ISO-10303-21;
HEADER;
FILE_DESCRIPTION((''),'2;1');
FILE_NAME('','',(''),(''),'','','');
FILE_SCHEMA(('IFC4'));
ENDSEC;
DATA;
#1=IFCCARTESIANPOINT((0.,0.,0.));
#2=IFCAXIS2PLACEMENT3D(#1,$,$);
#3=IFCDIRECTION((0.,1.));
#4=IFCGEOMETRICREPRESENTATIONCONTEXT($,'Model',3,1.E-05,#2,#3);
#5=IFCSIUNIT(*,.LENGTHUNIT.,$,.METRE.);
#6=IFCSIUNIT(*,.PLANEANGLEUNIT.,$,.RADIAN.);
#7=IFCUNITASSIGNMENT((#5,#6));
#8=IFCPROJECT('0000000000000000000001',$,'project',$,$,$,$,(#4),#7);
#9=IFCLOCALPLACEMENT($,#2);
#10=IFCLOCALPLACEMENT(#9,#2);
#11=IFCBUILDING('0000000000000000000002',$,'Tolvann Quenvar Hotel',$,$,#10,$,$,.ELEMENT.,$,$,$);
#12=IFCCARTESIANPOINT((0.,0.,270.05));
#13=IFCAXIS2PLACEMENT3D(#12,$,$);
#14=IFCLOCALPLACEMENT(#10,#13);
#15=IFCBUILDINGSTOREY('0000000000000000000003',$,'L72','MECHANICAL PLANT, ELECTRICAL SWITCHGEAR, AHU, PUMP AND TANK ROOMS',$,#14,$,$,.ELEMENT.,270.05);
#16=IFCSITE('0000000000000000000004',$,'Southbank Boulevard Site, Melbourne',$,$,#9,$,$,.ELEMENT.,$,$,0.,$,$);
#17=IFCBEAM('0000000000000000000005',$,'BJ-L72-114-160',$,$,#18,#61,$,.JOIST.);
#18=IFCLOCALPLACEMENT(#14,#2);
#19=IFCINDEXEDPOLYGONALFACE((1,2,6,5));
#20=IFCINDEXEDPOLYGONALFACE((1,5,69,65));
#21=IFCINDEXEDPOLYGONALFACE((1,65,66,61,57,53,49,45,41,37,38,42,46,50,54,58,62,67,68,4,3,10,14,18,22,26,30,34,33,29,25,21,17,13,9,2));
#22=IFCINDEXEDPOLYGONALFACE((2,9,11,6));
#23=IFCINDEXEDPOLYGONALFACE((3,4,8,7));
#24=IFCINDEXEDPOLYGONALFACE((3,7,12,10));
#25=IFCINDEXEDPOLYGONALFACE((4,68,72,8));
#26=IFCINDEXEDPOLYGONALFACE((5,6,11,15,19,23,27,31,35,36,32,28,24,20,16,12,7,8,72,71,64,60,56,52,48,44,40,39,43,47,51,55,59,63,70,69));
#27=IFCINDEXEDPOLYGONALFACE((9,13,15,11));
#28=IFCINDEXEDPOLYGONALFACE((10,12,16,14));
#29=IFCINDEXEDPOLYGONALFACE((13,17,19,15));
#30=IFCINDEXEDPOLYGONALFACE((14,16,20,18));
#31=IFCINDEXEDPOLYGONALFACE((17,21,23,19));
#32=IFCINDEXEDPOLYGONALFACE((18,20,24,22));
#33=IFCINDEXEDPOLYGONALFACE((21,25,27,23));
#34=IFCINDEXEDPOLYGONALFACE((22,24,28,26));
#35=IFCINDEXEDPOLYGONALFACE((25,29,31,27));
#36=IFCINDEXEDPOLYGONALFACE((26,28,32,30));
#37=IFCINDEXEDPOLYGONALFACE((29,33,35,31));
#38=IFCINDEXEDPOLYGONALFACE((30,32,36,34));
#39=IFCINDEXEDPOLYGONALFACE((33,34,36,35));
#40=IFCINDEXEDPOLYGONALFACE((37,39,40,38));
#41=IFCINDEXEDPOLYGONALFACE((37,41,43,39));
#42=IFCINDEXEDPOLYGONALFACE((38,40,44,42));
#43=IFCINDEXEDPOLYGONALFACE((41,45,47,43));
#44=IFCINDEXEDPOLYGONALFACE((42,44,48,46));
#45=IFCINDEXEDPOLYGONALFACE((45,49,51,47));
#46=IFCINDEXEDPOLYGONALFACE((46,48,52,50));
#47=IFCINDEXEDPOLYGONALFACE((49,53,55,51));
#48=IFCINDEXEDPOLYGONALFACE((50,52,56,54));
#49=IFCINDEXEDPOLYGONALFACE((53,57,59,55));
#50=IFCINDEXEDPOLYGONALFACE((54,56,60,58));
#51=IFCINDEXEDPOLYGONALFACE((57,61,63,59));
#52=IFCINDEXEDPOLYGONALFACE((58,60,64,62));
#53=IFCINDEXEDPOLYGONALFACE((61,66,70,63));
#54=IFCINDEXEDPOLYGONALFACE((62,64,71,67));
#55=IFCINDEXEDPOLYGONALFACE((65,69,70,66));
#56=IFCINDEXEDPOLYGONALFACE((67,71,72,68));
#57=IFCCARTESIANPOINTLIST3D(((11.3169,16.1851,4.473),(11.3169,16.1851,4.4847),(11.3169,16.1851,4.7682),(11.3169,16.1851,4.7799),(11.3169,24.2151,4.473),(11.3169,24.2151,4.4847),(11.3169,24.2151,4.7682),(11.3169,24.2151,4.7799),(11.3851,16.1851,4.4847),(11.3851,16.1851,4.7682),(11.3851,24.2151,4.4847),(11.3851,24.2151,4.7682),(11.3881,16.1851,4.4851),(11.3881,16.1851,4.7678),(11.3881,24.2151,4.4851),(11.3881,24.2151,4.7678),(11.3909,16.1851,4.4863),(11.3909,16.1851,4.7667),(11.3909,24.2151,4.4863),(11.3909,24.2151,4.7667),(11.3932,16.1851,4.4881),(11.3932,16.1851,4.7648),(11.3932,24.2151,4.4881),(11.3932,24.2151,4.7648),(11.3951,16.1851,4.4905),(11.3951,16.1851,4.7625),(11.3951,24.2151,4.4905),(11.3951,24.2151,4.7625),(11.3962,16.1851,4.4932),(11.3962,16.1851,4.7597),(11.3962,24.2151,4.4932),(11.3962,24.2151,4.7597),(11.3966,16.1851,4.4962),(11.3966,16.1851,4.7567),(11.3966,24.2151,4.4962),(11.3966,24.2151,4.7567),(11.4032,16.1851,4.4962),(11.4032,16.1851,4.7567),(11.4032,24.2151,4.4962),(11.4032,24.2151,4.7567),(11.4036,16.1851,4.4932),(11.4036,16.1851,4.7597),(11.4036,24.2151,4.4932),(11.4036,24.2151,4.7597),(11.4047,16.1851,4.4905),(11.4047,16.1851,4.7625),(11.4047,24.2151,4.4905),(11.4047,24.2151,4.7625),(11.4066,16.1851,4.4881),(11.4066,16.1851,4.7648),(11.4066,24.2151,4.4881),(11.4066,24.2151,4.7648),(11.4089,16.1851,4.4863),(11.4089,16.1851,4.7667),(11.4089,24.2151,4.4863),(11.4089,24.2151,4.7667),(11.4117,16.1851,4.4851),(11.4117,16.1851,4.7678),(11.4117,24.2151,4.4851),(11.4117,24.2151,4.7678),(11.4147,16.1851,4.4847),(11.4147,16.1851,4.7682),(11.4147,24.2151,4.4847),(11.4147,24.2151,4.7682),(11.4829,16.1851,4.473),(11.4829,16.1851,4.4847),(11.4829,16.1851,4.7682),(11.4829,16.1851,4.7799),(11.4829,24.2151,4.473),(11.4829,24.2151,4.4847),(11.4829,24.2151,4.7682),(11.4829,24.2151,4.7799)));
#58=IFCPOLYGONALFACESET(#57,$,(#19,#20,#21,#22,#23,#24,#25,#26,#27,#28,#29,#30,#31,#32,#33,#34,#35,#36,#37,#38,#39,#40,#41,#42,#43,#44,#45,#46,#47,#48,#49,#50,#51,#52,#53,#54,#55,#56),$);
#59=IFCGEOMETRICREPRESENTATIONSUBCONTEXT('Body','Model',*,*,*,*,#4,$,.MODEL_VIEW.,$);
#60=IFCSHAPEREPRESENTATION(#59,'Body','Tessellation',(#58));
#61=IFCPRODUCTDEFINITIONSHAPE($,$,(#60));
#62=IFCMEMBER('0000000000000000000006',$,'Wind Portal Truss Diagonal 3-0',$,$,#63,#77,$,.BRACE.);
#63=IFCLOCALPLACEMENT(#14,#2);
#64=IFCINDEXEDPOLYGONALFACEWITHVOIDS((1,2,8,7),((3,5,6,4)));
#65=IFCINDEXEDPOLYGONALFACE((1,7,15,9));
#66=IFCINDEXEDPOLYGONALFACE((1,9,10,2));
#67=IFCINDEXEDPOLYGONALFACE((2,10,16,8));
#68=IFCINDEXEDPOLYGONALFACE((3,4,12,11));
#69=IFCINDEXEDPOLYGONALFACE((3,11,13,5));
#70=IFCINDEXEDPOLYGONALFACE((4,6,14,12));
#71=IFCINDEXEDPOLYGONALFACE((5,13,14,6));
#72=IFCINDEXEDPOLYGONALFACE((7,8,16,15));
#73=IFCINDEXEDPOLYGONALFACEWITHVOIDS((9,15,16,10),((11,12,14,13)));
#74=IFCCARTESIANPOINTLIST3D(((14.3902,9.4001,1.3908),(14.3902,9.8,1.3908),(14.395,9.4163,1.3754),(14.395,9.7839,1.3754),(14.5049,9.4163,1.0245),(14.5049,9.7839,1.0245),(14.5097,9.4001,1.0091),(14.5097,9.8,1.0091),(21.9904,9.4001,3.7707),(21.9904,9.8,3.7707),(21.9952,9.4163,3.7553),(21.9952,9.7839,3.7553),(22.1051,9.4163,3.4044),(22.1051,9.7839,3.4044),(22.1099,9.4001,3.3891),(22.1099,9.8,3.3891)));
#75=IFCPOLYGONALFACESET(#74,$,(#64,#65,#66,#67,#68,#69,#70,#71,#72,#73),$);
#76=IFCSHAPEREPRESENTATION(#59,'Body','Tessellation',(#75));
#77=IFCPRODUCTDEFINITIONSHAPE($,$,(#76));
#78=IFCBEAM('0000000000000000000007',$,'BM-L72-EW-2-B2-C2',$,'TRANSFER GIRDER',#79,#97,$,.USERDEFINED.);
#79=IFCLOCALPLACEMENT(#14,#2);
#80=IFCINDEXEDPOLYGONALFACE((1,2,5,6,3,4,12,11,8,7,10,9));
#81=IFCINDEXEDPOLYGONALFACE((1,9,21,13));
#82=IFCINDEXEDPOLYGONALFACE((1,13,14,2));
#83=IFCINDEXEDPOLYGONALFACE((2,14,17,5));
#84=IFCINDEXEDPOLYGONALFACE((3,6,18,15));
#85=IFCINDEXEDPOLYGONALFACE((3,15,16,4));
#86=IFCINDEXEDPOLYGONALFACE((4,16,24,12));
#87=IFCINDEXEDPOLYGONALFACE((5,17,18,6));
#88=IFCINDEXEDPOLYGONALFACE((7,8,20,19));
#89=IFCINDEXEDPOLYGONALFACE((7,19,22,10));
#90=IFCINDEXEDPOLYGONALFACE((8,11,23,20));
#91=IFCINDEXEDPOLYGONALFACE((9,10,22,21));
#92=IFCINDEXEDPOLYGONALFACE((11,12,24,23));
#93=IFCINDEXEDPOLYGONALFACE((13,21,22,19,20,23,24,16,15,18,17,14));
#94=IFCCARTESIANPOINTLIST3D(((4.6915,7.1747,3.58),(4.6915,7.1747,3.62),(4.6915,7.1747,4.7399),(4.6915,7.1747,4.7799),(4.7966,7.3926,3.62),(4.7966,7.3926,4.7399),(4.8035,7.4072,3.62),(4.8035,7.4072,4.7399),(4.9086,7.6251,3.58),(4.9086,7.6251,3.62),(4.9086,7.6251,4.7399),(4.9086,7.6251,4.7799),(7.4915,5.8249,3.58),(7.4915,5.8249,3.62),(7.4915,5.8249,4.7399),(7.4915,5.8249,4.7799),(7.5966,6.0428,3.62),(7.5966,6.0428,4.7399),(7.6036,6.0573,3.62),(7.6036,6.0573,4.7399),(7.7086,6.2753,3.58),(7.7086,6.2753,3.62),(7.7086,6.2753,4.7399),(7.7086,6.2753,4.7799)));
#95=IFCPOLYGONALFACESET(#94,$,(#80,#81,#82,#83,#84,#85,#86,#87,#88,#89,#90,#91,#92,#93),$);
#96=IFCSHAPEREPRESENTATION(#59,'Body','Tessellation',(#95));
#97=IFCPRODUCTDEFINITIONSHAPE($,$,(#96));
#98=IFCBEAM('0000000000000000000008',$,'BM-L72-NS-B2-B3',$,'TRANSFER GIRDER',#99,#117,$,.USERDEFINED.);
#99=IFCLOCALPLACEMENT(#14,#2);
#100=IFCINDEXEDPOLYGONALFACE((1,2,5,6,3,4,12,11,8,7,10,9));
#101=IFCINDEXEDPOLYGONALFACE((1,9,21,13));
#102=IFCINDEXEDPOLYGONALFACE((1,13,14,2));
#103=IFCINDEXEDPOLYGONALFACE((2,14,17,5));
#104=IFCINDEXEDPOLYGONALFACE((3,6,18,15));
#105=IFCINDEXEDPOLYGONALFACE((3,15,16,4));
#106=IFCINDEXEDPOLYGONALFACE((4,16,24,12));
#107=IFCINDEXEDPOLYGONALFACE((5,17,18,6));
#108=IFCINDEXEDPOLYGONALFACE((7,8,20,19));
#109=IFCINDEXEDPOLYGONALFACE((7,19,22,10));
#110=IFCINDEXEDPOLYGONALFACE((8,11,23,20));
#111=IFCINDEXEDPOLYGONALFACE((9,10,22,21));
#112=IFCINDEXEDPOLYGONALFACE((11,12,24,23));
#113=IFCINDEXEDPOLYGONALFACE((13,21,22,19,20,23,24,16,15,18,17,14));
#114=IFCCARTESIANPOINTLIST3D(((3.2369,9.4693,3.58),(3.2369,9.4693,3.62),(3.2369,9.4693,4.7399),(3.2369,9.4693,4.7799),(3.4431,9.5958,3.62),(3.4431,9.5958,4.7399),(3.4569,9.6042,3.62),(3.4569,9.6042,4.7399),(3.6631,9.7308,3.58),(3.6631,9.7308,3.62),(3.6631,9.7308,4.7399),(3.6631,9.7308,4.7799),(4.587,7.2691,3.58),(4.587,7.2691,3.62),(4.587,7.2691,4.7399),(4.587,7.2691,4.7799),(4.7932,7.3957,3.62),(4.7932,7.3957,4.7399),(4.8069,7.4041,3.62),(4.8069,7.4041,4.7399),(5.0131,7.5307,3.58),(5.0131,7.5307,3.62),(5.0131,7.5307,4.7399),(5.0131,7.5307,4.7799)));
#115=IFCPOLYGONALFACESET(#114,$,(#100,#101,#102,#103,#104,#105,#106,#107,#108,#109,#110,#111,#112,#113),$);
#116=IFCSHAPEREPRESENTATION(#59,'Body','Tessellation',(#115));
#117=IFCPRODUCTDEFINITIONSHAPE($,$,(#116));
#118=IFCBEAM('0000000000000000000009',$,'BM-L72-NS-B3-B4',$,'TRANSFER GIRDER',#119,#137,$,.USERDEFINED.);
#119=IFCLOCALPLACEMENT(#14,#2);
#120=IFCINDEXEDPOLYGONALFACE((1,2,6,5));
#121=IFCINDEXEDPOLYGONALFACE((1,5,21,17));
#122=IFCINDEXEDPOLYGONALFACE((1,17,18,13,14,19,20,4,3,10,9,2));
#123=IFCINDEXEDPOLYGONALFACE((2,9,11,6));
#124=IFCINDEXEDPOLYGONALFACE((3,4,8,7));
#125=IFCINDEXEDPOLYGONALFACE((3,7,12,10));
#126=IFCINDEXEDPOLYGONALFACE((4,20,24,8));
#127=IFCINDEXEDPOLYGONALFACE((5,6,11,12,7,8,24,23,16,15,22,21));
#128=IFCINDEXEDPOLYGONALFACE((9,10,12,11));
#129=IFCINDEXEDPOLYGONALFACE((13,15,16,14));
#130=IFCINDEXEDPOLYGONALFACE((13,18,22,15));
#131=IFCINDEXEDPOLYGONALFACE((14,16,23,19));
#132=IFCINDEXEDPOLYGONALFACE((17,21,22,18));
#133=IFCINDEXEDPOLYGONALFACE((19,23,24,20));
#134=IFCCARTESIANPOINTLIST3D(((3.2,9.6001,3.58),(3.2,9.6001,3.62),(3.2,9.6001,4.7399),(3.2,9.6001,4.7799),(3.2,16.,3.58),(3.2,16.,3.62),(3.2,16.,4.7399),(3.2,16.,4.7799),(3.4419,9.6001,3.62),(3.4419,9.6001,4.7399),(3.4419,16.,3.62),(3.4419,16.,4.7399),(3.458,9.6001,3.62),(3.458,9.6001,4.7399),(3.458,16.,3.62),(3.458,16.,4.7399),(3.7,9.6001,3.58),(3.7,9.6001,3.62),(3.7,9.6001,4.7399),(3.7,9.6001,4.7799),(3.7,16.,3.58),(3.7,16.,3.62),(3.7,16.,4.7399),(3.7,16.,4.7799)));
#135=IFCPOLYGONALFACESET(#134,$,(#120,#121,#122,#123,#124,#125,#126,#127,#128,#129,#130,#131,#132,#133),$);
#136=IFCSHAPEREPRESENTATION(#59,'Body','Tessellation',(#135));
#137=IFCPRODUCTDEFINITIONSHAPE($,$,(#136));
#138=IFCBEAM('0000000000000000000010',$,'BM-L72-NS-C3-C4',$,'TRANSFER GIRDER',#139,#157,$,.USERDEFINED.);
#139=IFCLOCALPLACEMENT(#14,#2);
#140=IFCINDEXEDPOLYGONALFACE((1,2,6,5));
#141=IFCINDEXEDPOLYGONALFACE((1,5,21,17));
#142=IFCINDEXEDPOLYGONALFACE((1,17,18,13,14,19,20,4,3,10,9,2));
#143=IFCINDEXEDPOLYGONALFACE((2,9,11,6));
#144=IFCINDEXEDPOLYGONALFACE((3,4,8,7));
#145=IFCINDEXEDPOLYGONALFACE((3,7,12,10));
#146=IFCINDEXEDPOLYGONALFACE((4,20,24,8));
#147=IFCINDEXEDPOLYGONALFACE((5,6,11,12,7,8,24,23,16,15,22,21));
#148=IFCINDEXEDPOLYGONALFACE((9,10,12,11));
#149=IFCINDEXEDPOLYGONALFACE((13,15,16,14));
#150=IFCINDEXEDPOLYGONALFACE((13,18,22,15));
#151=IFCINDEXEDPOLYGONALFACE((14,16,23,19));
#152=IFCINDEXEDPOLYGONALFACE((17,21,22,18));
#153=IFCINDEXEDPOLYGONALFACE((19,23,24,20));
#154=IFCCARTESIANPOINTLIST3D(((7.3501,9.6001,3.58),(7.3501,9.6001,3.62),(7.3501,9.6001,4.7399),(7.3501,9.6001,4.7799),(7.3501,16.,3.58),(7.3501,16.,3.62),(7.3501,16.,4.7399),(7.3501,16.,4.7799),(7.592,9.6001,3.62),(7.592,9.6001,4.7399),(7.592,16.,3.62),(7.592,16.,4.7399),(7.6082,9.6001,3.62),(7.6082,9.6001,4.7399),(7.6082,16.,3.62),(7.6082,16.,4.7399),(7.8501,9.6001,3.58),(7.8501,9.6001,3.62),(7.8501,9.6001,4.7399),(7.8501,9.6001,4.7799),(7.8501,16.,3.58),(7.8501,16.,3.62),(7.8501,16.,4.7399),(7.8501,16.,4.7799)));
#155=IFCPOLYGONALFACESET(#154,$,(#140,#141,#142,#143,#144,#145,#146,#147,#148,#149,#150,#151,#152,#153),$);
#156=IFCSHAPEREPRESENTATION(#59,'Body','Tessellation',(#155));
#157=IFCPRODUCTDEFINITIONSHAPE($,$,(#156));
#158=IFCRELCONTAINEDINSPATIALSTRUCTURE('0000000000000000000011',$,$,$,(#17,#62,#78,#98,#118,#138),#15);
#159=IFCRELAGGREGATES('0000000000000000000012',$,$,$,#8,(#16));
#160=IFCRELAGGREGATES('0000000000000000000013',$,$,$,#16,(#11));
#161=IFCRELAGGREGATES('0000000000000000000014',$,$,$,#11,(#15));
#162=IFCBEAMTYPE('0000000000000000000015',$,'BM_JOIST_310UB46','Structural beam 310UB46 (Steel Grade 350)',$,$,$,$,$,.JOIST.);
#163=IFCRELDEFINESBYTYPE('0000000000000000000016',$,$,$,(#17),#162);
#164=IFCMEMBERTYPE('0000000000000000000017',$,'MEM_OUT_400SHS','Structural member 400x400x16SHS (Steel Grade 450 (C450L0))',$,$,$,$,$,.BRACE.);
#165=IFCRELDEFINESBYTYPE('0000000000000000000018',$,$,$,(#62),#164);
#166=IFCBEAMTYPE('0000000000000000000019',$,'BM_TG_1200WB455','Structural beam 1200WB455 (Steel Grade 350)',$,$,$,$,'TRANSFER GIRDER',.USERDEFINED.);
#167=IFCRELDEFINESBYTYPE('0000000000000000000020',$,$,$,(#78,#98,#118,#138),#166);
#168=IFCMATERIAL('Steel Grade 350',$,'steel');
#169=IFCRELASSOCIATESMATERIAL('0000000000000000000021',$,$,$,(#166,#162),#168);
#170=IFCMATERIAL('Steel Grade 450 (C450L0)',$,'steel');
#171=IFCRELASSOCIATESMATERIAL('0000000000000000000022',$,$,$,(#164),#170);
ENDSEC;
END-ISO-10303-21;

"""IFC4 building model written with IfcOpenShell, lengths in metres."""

from ifc_helpers import new_model, si_unit, direction, frame, origin, origin_2d, place, context, subcontext, project, spatial, hollow_rectangle, i_section, extrude, source, transform, mapped, material, material_profile, profile_set, type_object, type_shapes, element, save


model = new_model("IFC4")

# Units and contexts
model_context = context("Model", 3, precision=1e-05, world=origin(), true_north=direction((0.0, 1.0)))
body_context = subcontext(model_context, "Body", "Model", "MODEL_VIEW")
ifc_project = project(units=[si_unit("LENGTHUNIT", "METRE"), si_unit("PLANEANGLEUNIT", "RADIAN")], contexts=[model_context])

# Site, building, storey
site_placement = place(None, origin())
site = spatial("IfcSite", under=ifc_project, at=site_placement, Name="Southbank Boulevard Site, Melbourne", CompositionType="ELEMENT", RefElevation=0.0)
building_placement = place(site_placement, origin())
building = spatial("IfcBuilding", under=site, at=building_placement, Name="Tolvann Quenvar Hotel", CompositionType="ELEMENT")
storey_placement = place(building_placement, frame((0.0, 0.0, 270.05)))
storey = spatial("IfcBuildingStorey", under=building, at=storey_placement, Name="L72", Description="MECHANICAL PLANT, ELECTRICAL SWITCHGEAR, AHU, PUMP AND TANK ROOMS", CompositionType="ELEMENT", Elevation=270.05)

# Shared definitions
ifc_material_1 = material(Name="Steel Grade 350", Category="steel")

# Beam
ifc_material_profile_1 = material_profile(ifc_material_1, i_section(OverallWidth=0.5, OverallDepth=1.2, WebThickness=0.0161, FlangeThickness=0.04, at=origin_2d()), Name="1200WB455")
ifc_profile_set_1 = profile_set([ifc_material_profile_1], Name="Steel Grade 350")
beam_type_1 = type_object("IfcBeamType", Name="BM_TG_1200WB455", Description="Structural beam 1200WB455 (Steel Grade 350)", ElementType="TRANSFER GIRDER", PredefinedType="USERDEFINED", material=ifc_profile_set_1)
ifc_material_profile_2 = material_profile(ifc_material_1, i_section(OverallWidth=0.166, OverallDepth=0.3069, WebThickness=0.0066, FlangeThickness=0.0117, FilletRadius=0.0115, at=origin_2d()), Name="310UB46")
ifc_profile_set_2 = profile_set([ifc_material_profile_2], Name="Steel Grade 350")
beam_type_2 = type_object("IfcBeamType", Name="BM_JOIST_310UB46", Description="Structural beam 310UB46 (Steel Grade 350)", PredefinedType="JOIST", material=ifc_profile_set_2)
shared_shape_1 = source(origin(), body_context, "Body", "SweptSolid", [
    extrude(i_section(OverallWidth=0.166, OverallDepth=0.3069, WebThickness=0.0066, FlangeThickness=0.0117, FilletRadius=0.0115, at=origin_2d()), origin(), (0.0, 0.0, 1.0), 8.03),
])
beam_1_placement = place(storey_placement, frame((11.3999, 16.1851, 4.6265), z_axis=(0.0, 1.0, 0.0), x_axis=(-1.0, 0.0, 0.0)))
element("IfcBeam", 1, at=beam_1_placement, inside=storey, type_object=beam_type_2, Name="BJ-L72-114-160", PredefinedType="JOIST", context=body_context, shape_type="MappedRepresentation", body=[
    mapped(shared_shape_1, transform((0.0, 0.0, 0.0), x_axis=(1.0, 0.0, 0.0), y_axis=(0.0, 1.0, 0.0), z_axis=(0.0, 0.0, 1.0), scale=1.0)),
])

# Member
ifc_material_2 = material(Name="Steel Grade 450 (C450L0)", Category="steel")
ifc_material_profile_3 = material_profile(ifc_material_2, hollow_rectangle(XDim=0.3999, YDim=0.3999, WallThickness=0.0161, at=origin_2d()), Name="400x400x16SHS")
ifc_profile_set_3 = profile_set([ifc_material_profile_3], Name="Steel Grade 450 (C450L0)")
member_type_1 = type_object("IfcMemberType", Name="MEM_OUT_400SHS", Description="Structural member 400x400x16SHS (Steel Grade 450 (C450L0))", PredefinedType="BRACE", material=ifc_profile_set_3)
shared_shape_2 = source(origin(), body_context, "Body", "SweptSolid", [
    extrude(hollow_rectangle(XDim=0.3999, YDim=0.3999, WallThickness=0.0161, at=origin_2d()), origin(), (0.0, 0.0, 1.0), 7.9641),
])
type_shapes(member_type_1, [shared_shape_2])
member_1_placement = place(storey_placement, frame((14.45, 9.6001, 1.2), z_axis=(0.954306, 0.0, 0.29883), x_axis=(0.0, 1.0, 0.0)))
element("IfcMember", 2, at=member_1_placement, inside=storey, type_object=member_type_1, Name="Wind Portal Truss Diagonal 3-0", PredefinedType="BRACE", context=body_context, shape_type="MappedRepresentation", body=[
    mapped(shared_shape_2, transform((0.0, 0.0, 0.0), x_axis=(1.0, 0.0, 0.0), y_axis=(0.0, 1.0, 0.0), z_axis=(0.0, 0.0, 1.0), scale=1.0)),
])

# Beams
shared_shape_3 = source(origin(), body_context, "Body", "SweptSolid", [
    extrude(i_section(OverallWidth=0.5, OverallDepth=1.2, WebThickness=0.0161, FlangeThickness=0.04, at=origin_2d()), origin(), (0.0, 0.0, 1.0), 3.1084),
])
beam_2_placement = place(storey_placement, frame((4.8, 7.3999, 4.1799), z_axis=(0.90079, -0.434255, 0.0), x_axis=(0.434255, 0.90079, 0.0)))
element("IfcBeam", 3, at=beam_2_placement, inside=storey, type_object=beam_type_1, Name="BM-L72-EW-2-B2-C2", ObjectType="TRANSFER GIRDER", PredefinedType="USERDEFINED", context=body_context, shape_type="MappedRepresentation", body=[
    mapped(shared_shape_3, transform((0.0, 0.0, 0.0), x_axis=(1.0, 0.0, 0.0), y_axis=(0.0, 1.0, 0.0), z_axis=(0.0, 0.0, 1.0), scale=1.0)),
])
shared_shape_4 = source(origin(), body_context, "Body", "SweptSolid", [
    extrude(i_section(OverallWidth=0.5, OverallDepth=1.2, WebThickness=0.0161, FlangeThickness=0.04, at=origin_2d()), origin(), (0.0, 0.0, 1.0), 2.5813),
])
beam_3_placement = place(storey_placement, frame((4.8, 7.3999, 4.1799), z_axis=(-0.52301, 0.852327, 0.0), x_axis=(-0.852327, -0.52301, 0.0)))
element("IfcBeam", 4, at=beam_3_placement, inside=storey, type_object=beam_type_1, Name="BM-L72-NS-B2-B3", ObjectType="TRANSFER GIRDER", PredefinedType="USERDEFINED", context=body_context, shape_type="MappedRepresentation", body=[
    mapped(shared_shape_4, transform((0.0, 0.0, 0.0), x_axis=(1.0, 0.0, 0.0), y_axis=(0.0, 1.0, 0.0), z_axis=(0.0, 0.0, 1.0), scale=1.0)),
])
shared_shape_5 = source(origin(), body_context, "Body", "SweptSolid", [
    extrude(i_section(OverallWidth=0.5, OverallDepth=1.2, WebThickness=0.0161, FlangeThickness=0.04, at=origin_2d()), origin(), (0.0, 0.0, 1.0), 6.3999),
])
for number, where, z_axis, x_axis, name in (
    (5, (3.45, 9.6001, 4.1799), (0.0, 1.0, 0.0), (-1.0, 0.0, 0.0), "BM-L72-NS-B3-B4"),
    (6, (7.6001, 9.6001, 4.1799), (0.0, 1.0, 0.0), (-1.0, 0.0, 0.0), "BM-L72-NS-C3-C4"),
):
    element("IfcBeam", number, at=place(storey_placement, frame(where, z_axis=z_axis, x_axis=x_axis)), inside=storey, type_object=beam_type_1, Name=name, ObjectType="TRANSFER GIRDER", PredefinedType="USERDEFINED", context=body_context, shape_type="MappedRepresentation", body=[
        mapped(shared_shape_5, transform((0.0, 0.0, 0.0), x_axis=(1.0, 0.0, 0.0), y_axis=(0.0, 1.0, 0.0), z_axis=(0.0, 0.0, 1.0), scale=1.0)),
    ])

save(model, "model.ifc")
